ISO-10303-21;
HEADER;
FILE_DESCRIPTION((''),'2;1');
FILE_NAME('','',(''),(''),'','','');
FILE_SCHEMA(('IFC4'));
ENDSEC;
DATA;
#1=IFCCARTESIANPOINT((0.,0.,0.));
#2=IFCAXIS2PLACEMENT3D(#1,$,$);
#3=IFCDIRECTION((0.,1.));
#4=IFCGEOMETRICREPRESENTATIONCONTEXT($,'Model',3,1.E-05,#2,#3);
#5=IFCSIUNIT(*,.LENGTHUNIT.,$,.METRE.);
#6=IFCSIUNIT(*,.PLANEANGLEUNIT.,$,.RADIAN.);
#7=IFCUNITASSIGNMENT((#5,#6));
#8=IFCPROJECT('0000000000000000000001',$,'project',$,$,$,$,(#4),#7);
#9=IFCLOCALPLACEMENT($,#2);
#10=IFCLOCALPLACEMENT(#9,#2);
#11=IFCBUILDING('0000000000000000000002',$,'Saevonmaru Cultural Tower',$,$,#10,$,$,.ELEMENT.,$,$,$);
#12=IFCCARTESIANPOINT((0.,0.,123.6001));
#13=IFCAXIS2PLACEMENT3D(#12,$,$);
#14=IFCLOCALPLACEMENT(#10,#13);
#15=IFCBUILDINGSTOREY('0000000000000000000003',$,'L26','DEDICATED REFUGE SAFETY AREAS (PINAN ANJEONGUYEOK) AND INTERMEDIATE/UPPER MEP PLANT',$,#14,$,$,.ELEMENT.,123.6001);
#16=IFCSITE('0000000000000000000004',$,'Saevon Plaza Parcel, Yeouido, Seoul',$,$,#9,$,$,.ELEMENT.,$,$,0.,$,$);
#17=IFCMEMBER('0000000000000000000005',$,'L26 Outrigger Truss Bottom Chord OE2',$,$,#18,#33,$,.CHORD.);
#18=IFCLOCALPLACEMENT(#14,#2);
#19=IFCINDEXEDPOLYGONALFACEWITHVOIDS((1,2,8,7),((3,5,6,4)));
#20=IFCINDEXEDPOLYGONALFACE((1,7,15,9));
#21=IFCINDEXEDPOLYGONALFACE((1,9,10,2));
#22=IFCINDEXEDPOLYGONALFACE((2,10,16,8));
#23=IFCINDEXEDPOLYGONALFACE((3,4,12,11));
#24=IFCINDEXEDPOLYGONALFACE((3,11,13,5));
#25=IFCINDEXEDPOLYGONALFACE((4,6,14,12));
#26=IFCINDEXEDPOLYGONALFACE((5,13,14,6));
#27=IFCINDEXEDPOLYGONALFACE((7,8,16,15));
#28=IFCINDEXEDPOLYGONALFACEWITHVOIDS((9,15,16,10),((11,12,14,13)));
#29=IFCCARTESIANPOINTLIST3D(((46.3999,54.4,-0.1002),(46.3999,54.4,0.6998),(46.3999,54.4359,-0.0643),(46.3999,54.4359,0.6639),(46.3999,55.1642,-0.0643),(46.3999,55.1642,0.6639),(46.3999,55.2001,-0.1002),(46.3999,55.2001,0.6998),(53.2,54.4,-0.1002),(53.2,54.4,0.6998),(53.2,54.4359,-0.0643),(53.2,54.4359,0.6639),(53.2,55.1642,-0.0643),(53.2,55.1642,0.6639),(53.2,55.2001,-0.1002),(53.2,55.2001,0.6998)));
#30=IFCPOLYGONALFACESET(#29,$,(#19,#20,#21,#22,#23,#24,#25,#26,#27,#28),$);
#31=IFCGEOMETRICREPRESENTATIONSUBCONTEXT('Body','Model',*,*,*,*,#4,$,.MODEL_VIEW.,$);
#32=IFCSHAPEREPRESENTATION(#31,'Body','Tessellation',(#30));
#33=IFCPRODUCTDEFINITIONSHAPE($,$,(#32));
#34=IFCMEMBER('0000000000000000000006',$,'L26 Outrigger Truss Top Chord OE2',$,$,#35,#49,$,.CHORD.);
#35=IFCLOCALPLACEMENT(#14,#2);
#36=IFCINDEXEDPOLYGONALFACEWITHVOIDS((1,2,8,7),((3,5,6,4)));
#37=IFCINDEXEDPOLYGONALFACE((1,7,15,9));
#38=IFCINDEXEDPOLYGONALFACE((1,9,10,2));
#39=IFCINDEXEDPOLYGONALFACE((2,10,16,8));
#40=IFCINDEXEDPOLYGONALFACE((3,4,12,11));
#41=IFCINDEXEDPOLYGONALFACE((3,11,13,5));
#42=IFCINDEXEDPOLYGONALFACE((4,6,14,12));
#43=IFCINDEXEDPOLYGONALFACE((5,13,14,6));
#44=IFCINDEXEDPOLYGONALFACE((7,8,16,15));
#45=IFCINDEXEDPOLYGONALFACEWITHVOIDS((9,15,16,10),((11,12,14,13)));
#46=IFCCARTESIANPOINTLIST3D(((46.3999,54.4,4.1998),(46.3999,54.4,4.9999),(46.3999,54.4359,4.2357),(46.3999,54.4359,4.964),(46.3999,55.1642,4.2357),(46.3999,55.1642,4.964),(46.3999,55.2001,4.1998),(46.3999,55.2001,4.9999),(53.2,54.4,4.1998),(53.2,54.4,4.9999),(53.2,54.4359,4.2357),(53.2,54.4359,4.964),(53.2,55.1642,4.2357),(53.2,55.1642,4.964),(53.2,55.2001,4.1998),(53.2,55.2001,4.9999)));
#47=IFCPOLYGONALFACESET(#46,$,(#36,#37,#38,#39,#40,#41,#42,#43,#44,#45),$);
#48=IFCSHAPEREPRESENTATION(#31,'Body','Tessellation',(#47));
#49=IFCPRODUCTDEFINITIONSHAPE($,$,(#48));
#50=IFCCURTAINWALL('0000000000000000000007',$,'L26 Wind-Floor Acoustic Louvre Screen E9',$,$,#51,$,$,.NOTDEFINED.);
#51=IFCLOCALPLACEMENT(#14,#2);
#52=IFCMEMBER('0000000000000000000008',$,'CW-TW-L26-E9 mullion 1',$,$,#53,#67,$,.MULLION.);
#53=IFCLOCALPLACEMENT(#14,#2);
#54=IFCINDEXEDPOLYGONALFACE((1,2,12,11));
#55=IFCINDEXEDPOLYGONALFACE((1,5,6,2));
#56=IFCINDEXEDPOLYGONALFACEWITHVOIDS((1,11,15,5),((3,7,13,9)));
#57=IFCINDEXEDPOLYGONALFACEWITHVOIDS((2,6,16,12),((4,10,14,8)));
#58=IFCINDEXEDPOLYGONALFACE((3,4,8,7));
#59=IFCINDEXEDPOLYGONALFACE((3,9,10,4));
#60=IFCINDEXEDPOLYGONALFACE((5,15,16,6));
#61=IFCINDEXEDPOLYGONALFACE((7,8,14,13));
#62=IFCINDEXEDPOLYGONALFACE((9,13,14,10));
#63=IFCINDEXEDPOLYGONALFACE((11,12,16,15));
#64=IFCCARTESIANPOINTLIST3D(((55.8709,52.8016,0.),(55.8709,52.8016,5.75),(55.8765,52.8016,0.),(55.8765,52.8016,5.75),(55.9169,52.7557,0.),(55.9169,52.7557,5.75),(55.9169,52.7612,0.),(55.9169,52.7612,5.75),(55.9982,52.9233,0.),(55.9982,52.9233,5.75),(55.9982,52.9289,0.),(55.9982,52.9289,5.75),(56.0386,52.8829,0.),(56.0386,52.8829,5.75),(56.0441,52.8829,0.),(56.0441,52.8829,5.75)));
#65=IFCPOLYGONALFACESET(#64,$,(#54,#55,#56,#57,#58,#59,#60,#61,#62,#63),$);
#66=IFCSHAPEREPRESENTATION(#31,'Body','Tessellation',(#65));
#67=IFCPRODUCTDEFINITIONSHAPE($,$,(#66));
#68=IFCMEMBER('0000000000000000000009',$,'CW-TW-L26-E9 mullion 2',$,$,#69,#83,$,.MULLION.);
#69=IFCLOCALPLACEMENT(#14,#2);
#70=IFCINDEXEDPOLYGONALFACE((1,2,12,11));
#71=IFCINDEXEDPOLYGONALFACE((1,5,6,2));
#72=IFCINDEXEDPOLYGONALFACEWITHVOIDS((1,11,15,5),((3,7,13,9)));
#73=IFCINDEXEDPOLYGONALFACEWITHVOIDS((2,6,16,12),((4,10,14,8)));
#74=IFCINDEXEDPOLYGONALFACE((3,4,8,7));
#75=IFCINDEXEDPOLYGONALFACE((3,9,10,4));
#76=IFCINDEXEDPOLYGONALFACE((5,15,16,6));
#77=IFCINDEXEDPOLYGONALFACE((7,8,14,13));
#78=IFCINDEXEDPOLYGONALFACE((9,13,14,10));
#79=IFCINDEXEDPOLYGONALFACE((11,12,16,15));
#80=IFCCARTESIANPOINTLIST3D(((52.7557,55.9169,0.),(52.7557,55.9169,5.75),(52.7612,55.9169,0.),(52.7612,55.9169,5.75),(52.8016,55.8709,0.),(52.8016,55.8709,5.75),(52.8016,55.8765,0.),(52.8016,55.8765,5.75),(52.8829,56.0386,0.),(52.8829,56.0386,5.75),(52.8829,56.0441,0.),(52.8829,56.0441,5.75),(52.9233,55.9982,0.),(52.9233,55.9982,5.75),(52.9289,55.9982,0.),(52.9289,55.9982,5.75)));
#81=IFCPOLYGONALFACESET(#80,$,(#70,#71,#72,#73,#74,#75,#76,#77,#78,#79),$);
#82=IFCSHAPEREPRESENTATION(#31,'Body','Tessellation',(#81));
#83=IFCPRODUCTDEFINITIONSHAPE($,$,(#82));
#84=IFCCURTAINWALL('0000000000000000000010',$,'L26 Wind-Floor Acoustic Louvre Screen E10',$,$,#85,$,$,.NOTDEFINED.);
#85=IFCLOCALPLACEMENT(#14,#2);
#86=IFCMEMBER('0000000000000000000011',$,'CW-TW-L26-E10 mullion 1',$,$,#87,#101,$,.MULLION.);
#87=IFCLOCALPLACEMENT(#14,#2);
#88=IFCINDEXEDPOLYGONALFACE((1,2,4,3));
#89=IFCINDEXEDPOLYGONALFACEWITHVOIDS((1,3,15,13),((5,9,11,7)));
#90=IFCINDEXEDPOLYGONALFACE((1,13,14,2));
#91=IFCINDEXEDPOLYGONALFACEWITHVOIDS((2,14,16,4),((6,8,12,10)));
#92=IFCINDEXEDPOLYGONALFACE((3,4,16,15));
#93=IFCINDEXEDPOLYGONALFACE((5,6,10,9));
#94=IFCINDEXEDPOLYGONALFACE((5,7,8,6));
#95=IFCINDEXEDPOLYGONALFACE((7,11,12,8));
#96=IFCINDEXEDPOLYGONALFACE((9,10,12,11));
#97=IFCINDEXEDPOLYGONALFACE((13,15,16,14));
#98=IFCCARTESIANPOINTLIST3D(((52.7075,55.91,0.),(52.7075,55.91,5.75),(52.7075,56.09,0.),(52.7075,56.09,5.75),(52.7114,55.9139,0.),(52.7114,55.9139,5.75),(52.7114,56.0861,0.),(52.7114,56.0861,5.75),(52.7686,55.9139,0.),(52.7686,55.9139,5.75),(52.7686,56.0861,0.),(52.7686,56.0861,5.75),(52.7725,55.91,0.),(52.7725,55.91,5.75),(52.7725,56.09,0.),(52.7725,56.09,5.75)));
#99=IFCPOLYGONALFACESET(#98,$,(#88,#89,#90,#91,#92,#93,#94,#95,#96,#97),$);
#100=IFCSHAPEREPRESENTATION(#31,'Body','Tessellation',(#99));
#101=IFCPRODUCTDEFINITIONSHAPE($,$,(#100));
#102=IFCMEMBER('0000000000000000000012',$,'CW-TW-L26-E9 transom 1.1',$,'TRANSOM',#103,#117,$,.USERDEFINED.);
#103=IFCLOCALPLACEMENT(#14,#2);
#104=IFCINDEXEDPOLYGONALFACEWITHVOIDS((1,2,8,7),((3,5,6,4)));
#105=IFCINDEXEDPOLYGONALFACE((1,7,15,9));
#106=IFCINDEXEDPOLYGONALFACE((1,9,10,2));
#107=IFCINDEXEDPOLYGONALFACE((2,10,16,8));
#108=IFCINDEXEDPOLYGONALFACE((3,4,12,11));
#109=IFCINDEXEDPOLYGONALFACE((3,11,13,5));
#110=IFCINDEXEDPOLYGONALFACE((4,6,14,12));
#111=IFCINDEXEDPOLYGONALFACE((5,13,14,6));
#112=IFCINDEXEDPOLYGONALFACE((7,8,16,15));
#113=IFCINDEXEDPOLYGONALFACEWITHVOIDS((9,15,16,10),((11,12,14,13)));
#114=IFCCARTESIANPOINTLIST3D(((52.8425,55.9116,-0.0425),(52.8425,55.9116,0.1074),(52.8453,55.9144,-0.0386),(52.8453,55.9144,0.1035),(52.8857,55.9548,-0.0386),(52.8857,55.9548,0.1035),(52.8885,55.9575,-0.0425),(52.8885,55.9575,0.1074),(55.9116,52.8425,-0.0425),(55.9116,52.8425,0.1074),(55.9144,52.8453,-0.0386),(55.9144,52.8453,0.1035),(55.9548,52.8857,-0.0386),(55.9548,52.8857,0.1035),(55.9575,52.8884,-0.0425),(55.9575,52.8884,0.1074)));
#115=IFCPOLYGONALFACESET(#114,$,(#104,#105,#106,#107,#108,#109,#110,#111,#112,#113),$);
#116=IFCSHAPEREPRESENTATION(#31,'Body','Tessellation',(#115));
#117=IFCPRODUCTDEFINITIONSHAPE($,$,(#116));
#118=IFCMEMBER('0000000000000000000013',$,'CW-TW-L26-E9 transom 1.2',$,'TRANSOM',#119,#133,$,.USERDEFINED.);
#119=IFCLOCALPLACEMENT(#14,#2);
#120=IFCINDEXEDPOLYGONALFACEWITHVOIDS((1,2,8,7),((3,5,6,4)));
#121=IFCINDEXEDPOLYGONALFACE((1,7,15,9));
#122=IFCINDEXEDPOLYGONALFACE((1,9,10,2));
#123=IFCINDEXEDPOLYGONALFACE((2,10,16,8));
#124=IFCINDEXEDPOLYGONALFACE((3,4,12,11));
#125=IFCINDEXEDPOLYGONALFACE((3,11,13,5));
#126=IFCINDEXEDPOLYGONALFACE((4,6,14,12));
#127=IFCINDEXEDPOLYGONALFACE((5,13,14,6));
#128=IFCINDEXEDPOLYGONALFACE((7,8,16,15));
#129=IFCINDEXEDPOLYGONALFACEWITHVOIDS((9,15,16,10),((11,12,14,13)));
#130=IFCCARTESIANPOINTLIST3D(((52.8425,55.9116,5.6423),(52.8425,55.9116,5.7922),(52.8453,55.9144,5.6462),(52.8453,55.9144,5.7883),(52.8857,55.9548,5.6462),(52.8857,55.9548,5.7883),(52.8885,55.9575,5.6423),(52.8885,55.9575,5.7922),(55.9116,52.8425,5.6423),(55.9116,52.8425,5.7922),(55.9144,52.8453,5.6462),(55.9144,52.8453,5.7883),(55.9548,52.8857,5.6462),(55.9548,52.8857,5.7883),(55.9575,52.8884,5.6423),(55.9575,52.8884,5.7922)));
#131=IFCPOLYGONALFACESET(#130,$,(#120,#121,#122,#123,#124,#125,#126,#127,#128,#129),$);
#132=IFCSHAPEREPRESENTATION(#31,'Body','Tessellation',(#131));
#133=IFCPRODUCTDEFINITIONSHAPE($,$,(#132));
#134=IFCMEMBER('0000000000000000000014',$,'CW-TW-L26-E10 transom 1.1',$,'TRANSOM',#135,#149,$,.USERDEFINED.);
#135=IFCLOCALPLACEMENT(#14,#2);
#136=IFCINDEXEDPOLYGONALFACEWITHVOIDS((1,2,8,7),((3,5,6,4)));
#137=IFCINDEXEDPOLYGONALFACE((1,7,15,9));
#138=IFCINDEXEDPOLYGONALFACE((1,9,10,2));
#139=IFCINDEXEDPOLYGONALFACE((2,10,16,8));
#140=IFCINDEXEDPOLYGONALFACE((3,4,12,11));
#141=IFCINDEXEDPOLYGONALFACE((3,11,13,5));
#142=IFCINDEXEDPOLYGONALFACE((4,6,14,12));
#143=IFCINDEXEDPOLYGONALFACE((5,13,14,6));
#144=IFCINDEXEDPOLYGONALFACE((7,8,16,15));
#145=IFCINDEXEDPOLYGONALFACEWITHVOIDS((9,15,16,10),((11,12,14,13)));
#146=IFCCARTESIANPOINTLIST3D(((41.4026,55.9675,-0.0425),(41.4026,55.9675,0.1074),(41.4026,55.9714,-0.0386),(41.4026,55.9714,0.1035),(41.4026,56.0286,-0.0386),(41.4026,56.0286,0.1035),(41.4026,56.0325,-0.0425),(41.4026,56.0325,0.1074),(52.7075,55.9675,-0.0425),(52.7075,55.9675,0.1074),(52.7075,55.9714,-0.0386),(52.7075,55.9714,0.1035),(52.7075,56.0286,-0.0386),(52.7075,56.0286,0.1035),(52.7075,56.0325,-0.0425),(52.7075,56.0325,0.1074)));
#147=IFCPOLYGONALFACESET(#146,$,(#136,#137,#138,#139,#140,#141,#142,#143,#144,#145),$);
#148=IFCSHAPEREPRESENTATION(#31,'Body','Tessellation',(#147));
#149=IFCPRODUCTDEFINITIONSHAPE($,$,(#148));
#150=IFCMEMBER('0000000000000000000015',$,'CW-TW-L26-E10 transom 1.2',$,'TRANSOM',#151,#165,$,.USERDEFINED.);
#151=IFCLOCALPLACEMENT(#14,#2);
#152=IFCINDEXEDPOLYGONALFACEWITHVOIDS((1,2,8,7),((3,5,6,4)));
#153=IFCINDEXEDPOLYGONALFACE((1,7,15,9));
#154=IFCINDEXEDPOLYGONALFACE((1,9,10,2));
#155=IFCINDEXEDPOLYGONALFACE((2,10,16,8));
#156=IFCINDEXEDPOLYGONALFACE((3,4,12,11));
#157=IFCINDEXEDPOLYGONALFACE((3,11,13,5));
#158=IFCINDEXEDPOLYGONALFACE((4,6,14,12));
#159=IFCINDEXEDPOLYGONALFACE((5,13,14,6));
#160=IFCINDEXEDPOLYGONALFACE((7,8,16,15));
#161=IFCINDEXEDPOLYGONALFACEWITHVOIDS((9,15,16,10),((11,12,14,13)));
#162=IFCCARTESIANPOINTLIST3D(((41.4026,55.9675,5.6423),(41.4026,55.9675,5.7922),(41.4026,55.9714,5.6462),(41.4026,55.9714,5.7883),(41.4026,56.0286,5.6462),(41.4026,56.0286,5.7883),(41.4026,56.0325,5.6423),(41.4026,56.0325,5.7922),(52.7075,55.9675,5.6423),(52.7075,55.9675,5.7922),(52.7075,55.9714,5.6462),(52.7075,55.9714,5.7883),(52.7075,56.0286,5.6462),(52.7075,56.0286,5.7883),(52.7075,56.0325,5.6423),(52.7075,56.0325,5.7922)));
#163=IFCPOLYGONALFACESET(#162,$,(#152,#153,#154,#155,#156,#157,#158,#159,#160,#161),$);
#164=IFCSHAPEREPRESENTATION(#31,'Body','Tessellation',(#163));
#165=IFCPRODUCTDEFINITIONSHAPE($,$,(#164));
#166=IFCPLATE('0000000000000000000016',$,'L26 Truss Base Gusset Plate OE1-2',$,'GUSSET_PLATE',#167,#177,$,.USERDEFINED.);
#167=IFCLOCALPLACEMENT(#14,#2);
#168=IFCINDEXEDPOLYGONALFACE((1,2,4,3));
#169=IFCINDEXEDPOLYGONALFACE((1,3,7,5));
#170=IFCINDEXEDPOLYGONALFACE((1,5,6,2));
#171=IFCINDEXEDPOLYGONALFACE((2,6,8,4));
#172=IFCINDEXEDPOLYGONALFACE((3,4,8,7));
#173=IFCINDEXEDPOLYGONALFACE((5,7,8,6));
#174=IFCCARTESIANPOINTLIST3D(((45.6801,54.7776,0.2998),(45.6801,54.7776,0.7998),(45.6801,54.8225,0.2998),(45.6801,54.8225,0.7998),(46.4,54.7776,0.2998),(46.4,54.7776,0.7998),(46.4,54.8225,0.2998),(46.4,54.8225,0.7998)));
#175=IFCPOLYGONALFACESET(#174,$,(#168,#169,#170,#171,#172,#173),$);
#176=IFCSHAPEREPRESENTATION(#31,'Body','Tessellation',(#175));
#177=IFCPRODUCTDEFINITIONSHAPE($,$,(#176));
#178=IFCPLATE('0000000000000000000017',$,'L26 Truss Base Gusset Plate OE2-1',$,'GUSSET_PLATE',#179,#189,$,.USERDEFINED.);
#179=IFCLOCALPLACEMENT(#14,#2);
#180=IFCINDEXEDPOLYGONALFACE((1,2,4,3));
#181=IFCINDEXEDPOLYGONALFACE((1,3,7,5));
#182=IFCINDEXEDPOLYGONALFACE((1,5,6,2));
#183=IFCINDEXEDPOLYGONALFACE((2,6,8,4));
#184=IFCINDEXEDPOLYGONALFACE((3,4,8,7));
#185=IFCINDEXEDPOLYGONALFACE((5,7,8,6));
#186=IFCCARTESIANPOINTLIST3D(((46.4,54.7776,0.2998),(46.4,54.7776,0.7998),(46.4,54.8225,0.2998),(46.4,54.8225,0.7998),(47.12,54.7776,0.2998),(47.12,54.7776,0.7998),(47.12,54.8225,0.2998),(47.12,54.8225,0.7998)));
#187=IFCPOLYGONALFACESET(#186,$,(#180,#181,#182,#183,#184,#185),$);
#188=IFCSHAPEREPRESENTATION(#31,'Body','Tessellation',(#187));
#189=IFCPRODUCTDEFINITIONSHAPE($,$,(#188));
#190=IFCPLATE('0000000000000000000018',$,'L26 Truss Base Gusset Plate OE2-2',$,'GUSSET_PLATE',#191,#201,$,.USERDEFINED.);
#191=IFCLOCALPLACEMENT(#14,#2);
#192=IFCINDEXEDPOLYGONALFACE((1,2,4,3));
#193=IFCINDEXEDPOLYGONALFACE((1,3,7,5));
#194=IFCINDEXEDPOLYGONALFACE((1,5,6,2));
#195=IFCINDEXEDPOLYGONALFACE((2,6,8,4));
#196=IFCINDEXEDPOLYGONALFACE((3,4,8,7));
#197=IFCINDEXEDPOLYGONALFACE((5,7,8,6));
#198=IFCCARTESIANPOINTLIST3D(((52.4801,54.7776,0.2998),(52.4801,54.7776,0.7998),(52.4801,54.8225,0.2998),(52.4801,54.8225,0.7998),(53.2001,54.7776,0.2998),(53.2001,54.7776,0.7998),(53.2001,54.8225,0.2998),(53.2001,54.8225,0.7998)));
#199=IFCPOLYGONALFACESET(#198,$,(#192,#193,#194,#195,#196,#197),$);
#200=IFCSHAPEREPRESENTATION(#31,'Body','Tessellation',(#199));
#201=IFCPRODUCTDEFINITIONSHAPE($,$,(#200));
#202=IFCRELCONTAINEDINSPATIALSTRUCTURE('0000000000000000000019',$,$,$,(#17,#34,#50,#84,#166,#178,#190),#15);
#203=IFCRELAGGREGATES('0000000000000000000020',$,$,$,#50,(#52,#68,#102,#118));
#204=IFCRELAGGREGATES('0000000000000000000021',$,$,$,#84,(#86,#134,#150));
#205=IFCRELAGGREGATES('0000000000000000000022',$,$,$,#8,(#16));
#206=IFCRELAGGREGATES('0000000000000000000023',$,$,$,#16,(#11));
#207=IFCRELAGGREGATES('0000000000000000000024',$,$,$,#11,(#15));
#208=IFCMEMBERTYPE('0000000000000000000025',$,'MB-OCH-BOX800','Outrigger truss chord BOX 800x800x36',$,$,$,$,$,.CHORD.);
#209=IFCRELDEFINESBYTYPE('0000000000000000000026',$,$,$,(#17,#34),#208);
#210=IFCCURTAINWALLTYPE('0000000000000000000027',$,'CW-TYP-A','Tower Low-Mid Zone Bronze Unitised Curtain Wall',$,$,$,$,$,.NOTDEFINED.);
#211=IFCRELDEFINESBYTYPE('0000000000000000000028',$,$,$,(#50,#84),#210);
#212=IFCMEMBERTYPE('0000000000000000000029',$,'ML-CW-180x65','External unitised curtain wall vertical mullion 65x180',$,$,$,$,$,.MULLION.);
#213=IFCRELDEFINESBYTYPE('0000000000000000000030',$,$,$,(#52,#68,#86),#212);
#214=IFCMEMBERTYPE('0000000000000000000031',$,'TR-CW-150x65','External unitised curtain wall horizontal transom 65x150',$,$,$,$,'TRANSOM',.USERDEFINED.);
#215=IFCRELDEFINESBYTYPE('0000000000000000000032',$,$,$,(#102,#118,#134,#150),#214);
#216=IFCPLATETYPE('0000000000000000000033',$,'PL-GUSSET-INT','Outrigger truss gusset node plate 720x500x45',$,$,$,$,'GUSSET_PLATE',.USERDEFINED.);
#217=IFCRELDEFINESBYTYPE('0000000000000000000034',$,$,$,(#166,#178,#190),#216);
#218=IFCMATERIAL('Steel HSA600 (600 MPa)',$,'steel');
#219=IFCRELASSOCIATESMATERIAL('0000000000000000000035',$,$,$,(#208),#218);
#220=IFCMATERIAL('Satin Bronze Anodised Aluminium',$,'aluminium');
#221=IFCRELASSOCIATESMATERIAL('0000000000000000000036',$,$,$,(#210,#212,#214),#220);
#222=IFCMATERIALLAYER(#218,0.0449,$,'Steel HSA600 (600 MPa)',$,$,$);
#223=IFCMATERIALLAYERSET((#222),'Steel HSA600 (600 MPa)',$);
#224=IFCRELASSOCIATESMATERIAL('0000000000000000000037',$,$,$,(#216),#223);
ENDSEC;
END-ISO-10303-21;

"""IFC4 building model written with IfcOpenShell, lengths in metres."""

from ifc_helpers import new_model, si_unit, direction, frame, origin, origin_2d, place, context, subcontext, project, spatial, rectangle, hollow_rectangle, extrude, material, layer, layer_set, material_profile, profile_set, type_object, element, aggregate, save


model = new_model("IFC4")

# Units and contexts
model_context = context("Model", 3, precision=1e-05, world=origin(), true_north=direction((0.0, 1.0)))
body_context = subcontext(model_context, "Body", "Model", "MODEL_VIEW")
ifc_project = project(units=[si_unit("LENGTHUNIT", "METRE"), si_unit("PLANEANGLEUNIT", "RADIAN")], contexts=[model_context])

# Site, building, storey
site_placement = place(None, origin())
site = spatial("IfcSite", under=ifc_project, at=site_placement, Name="Saevon Plaza Parcel, Yeouido, Seoul", CompositionType="ELEMENT", RefElevation=0.0)
building_placement = place(site_placement, origin())
building = spatial("IfcBuilding", under=site, at=building_placement, Name="Saevonmaru Cultural Tower", CompositionType="ELEMENT")
storey_placement = place(building_placement, frame((0.0, 0.0, 123.6001)))
storey = spatial("IfcBuildingStorey", under=building, at=storey_placement, Name="L26", Description="DEDICATED REFUGE SAFETY AREAS (PINAN ANJEONGUYEOK) AND INTERMEDIATE/UPPER MEP PLANT", CompositionType="ELEMENT", Elevation=123.6001)

# Members
ifc_material_1 = material(Name="Steel HSA600 (600 MPa)", Category="steel")
ifc_material_profile_1 = material_profile(ifc_material_1, hollow_rectangle(XDim=0.8, YDim=0.8, WallThickness=0.0359, at=origin_2d()), Name="BOX-800x800x36")
ifc_profile_set_1 = profile_set([ifc_material_profile_1], Name="Steel HSA600 (600 MPa)")
member_type_1 = type_object("IfcMemberType", Name="MB-OCH-BOX800", Description="Outrigger truss chord BOX 800x800x36", PredefinedType="CHORD", material=ifc_profile_set_1)
for number, where, z_axis, x_axis, name in (
    (1, (46.3999, 54.8, 0.2998), (1.0, 0.0, 0.0), (0.0, 1.0, 0.0), "L26 Outrigger Truss Bottom Chord OE2"),
    (2, (46.3999, 54.8, 4.5999), (1.0, 0.0, 0.0), (0.0, 1.0, 0.0), "L26 Outrigger Truss Top Chord OE2"),
):
    element("IfcMember", number, at=place(storey_placement, frame(where, z_axis=z_axis, x_axis=x_axis)), inside=storey, type_object=member_type_1, Name=name, PredefinedType="CHORD", context=body_context, shape_type="SweptSolid", body=[
        extrude(hollow_rectangle(XDim=0.8, YDim=0.8, WallThickness=0.0359, at=origin_2d()), origin(), (0.0, 0.0, 1.0), 6.8),
    ])

# Curtain wall, members
ifc_material_2 = material(Name="Satin Bronze Anodised Aluminium", Category="aluminium")
curtain_wall_type = type_object("IfcCurtainWallType", Name="CW-TYP-A", Description="Tower Low-Mid Zone Bronze Unitised Curtain Wall", PredefinedType="NOTDEFINED", material=ifc_material_2)
curtain_wall_1_placement = place(storey_placement, origin())
curtain_wall_1 = element("IfcCurtainWall", 3, at=curtain_wall_1_placement, inside=storey, type_object=curtain_wall_type, Name="L26 Wind-Floor Acoustic Louvre Screen E9", PredefinedType="NOTDEFINED")
ifc_material_profile_2 = material_profile(ifc_material_2, hollow_rectangle(XDim=0.0649, YDim=0.1799, WallThickness=0.0039, at=origin_2d()), Name="ALU-MULL-180x65x4")
ifc_profile_set_2 = profile_set([ifc_material_profile_2], Name="Satin Bronze Anodised Aluminium")
member_type_2 = type_object("IfcMemberType", Name="ML-CW-180x65", Description="External unitised curtain wall vertical mullion 65x180", PredefinedType="MULLION", material=ifc_profile_set_2)
member_1_placement = place(storey_placement, frame((55.9575, 52.8423, 0.0), z_axis=(0.0, 0.0, 1.0), x_axis=(-0.707107, 0.707107, 0.0)))
member_1 = element("IfcMember", 4, at=member_1_placement, type_object=member_type_2, Name="CW-TW-L26-E9 mullion 1", PredefinedType="MULLION", context=body_context, shape_type="SweptSolid", body=[
    extrude(hollow_rectangle(XDim=0.0649, YDim=0.1799, WallThickness=0.0039, at=origin_2d()), origin(), (0.0, 0.0, 1.0), 5.75),
])
member_2_placement = place(storey_placement, frame((52.8423, 55.9575, 0.0), z_axis=(0.0, 0.0, 1.0), x_axis=(-0.707107, 0.707107, 0.0)))
member_2 = element("IfcMember", 5, at=member_2_placement, type_object=member_type_2, Name="CW-TW-L26-E9 mullion 2", PredefinedType="MULLION", context=body_context, shape_type="SweptSolid", body=[
    extrude(hollow_rectangle(XDim=0.0649, YDim=0.1799, WallThickness=0.0039, at=origin_2d()), origin(), (0.0, 0.0, 1.0), 5.75),
])

# Curtain wall, member
curtain_wall_2_placement = place(storey_placement, origin())
curtain_wall_2 = element("IfcCurtainWall", 6, at=curtain_wall_2_placement, inside=storey, type_object=curtain_wall_type, Name="L26 Wind-Floor Acoustic Louvre Screen E10", PredefinedType="NOTDEFINED")
member_3_placement = place(storey_placement, frame((52.74, 56.0, 0.0), z_axis=(0.0, 0.0, 1.0), x_axis=(-1.0, 0.0, 0.0)))
member_3 = element("IfcMember", 7, at=member_3_placement, type_object=member_type_2, Name="CW-TW-L26-E10 mullion 1", PredefinedType="MULLION", context=body_context, shape_type="SweptSolid", body=[
    extrude(hollow_rectangle(XDim=0.0649, YDim=0.1799, WallThickness=0.0039, at=origin_2d()), origin(), (0.0, 0.0, 1.0), 5.75),
])

# Members
ifc_material_profile_3 = material_profile(ifc_material_2, hollow_rectangle(XDim=0.0649, YDim=0.1499, WallThickness=0.0039, at=origin_2d()), Name="ALU-TRAN-150x65x4")
ifc_profile_set_3 = profile_set([ifc_material_profile_3], Name="Satin Bronze Anodised Aluminium")
member_type_3 = type_object("IfcMemberType", Name="TR-CW-150x65", Description="External unitised curtain wall horizontal transom 65x150", ElementType="TRANSOM", PredefinedType="USERDEFINED", material=ifc_profile_set_3)
member_4_placement = place(storey_placement, frame((55.9346, 52.8655, 0.0325), z_axis=(-0.707107, 0.707107, 0.0), x_axis=(-0.707107, -0.707107, 0.0)))
member_4 = element("IfcMember", 8, at=member_4_placement, type_object=member_type_3, Name="CW-TW-L26-E9 transom 1.1", ObjectType="TRANSOM", PredefinedType="USERDEFINED", context=body_context, shape_type="SweptSolid", body=[
    extrude(hollow_rectangle(XDim=0.0649, YDim=0.1499, WallThickness=0.0039, at=origin_2d()), origin(), (0.0, 0.0, 1.0), 4.3403),
])
member_5_placement = place(storey_placement, frame((55.9346, 52.8655, 5.7173), z_axis=(-0.707107, 0.707107, 0.0), x_axis=(-0.707107, -0.707107, 0.0)))
member_5 = element("IfcMember", 9, at=member_5_placement, type_object=member_type_3, Name="CW-TW-L26-E9 transom 1.2", ObjectType="TRANSOM", PredefinedType="USERDEFINED", context=body_context, shape_type="SweptSolid", body=[
    extrude(hollow_rectangle(XDim=0.0649, YDim=0.1499, WallThickness=0.0039, at=origin_2d()), origin(), (0.0, 0.0, 1.0), 4.3403),
])
member_6_placement = place(storey_placement, frame((52.7075, 56.0, 0.0325), z_axis=(-1.0, 0.0, 0.0), x_axis=(0.0, -1.0, 0.0)))
member_6 = element("IfcMember", 10, at=member_6_placement, type_object=member_type_3, Name="CW-TW-L26-E10 transom 1.1", ObjectType="TRANSOM", PredefinedType="USERDEFINED", context=body_context, shape_type="SweptSolid", body=[
    extrude(hollow_rectangle(XDim=0.0649, YDim=0.1499, WallThickness=0.0039, at=origin_2d()), origin(), (0.0, 0.0, 1.0), 11.3049),
])
member_7_placement = place(storey_placement, frame((52.7075, 56.0, 5.7173), z_axis=(-1.0, 0.0, 0.0), x_axis=(0.0, -1.0, 0.0)))
member_7 = element("IfcMember", 11, at=member_7_placement, type_object=member_type_3, Name="CW-TW-L26-E10 transom 1.2", ObjectType="TRANSOM", PredefinedType="USERDEFINED", context=body_context, shape_type="SweptSolid", body=[
    extrude(hollow_rectangle(XDim=0.0649, YDim=0.1499, WallThickness=0.0039, at=origin_2d()), origin(), (0.0, 0.0, 1.0), 11.3049),
])

# Plates
ifc_layer_1 = layer(ifc_material_1, 0.0449, Name="Steel HSA600 (600 MPa)")
ifc_layer_set_1 = layer_set([ifc_layer_1], Name="Steel HSA600 (600 MPa)")
plate_type_1 = type_object("IfcPlateType", Name="PL-GUSSET-INT", Description="Outrigger truss gusset node plate 720x500x45", ElementType="GUSSET_PLATE", PredefinedType="USERDEFINED", material=ifc_layer_set_1)
for number, where, z_axis, x_axis, name in (
    (12, (46.04, 54.8, 0.2998), (0.0, 0.0, 1.0), (1.0, 0.0, 0.0), "L26 Truss Base Gusset Plate OE1-2"),
    (13, (46.76, 54.8, 0.2998), (0.0, 0.0, 1.0), (1.0, 0.0, 0.0), "L26 Truss Base Gusset Plate OE2-1"),
    (14, (52.8401, 54.8, 0.2998), (0.0, 0.0, 1.0), (1.0, 0.0, 0.0), "L26 Truss Base Gusset Plate OE2-2"),
):
    element("IfcPlate", number, at=place(storey_placement, frame(where, z_axis=z_axis, x_axis=x_axis)), inside=storey, type_object=plate_type_1, Name=name, ObjectType="GUSSET_PLATE", PredefinedType="USERDEFINED", context=body_context, shape_type="SweptSolid", body=[
        extrude(rectangle(XDim=0.72, YDim=0.0449, at=origin_2d()), origin(), (0.0, 0.0, 1.0), 0.5),
    ])

aggregate(curtain_wall_1, [member_1, member_2, member_4, member_5])
aggregate(curtain_wall_2, [member_3, member_6, member_7])

save(model, "model.ifc")
